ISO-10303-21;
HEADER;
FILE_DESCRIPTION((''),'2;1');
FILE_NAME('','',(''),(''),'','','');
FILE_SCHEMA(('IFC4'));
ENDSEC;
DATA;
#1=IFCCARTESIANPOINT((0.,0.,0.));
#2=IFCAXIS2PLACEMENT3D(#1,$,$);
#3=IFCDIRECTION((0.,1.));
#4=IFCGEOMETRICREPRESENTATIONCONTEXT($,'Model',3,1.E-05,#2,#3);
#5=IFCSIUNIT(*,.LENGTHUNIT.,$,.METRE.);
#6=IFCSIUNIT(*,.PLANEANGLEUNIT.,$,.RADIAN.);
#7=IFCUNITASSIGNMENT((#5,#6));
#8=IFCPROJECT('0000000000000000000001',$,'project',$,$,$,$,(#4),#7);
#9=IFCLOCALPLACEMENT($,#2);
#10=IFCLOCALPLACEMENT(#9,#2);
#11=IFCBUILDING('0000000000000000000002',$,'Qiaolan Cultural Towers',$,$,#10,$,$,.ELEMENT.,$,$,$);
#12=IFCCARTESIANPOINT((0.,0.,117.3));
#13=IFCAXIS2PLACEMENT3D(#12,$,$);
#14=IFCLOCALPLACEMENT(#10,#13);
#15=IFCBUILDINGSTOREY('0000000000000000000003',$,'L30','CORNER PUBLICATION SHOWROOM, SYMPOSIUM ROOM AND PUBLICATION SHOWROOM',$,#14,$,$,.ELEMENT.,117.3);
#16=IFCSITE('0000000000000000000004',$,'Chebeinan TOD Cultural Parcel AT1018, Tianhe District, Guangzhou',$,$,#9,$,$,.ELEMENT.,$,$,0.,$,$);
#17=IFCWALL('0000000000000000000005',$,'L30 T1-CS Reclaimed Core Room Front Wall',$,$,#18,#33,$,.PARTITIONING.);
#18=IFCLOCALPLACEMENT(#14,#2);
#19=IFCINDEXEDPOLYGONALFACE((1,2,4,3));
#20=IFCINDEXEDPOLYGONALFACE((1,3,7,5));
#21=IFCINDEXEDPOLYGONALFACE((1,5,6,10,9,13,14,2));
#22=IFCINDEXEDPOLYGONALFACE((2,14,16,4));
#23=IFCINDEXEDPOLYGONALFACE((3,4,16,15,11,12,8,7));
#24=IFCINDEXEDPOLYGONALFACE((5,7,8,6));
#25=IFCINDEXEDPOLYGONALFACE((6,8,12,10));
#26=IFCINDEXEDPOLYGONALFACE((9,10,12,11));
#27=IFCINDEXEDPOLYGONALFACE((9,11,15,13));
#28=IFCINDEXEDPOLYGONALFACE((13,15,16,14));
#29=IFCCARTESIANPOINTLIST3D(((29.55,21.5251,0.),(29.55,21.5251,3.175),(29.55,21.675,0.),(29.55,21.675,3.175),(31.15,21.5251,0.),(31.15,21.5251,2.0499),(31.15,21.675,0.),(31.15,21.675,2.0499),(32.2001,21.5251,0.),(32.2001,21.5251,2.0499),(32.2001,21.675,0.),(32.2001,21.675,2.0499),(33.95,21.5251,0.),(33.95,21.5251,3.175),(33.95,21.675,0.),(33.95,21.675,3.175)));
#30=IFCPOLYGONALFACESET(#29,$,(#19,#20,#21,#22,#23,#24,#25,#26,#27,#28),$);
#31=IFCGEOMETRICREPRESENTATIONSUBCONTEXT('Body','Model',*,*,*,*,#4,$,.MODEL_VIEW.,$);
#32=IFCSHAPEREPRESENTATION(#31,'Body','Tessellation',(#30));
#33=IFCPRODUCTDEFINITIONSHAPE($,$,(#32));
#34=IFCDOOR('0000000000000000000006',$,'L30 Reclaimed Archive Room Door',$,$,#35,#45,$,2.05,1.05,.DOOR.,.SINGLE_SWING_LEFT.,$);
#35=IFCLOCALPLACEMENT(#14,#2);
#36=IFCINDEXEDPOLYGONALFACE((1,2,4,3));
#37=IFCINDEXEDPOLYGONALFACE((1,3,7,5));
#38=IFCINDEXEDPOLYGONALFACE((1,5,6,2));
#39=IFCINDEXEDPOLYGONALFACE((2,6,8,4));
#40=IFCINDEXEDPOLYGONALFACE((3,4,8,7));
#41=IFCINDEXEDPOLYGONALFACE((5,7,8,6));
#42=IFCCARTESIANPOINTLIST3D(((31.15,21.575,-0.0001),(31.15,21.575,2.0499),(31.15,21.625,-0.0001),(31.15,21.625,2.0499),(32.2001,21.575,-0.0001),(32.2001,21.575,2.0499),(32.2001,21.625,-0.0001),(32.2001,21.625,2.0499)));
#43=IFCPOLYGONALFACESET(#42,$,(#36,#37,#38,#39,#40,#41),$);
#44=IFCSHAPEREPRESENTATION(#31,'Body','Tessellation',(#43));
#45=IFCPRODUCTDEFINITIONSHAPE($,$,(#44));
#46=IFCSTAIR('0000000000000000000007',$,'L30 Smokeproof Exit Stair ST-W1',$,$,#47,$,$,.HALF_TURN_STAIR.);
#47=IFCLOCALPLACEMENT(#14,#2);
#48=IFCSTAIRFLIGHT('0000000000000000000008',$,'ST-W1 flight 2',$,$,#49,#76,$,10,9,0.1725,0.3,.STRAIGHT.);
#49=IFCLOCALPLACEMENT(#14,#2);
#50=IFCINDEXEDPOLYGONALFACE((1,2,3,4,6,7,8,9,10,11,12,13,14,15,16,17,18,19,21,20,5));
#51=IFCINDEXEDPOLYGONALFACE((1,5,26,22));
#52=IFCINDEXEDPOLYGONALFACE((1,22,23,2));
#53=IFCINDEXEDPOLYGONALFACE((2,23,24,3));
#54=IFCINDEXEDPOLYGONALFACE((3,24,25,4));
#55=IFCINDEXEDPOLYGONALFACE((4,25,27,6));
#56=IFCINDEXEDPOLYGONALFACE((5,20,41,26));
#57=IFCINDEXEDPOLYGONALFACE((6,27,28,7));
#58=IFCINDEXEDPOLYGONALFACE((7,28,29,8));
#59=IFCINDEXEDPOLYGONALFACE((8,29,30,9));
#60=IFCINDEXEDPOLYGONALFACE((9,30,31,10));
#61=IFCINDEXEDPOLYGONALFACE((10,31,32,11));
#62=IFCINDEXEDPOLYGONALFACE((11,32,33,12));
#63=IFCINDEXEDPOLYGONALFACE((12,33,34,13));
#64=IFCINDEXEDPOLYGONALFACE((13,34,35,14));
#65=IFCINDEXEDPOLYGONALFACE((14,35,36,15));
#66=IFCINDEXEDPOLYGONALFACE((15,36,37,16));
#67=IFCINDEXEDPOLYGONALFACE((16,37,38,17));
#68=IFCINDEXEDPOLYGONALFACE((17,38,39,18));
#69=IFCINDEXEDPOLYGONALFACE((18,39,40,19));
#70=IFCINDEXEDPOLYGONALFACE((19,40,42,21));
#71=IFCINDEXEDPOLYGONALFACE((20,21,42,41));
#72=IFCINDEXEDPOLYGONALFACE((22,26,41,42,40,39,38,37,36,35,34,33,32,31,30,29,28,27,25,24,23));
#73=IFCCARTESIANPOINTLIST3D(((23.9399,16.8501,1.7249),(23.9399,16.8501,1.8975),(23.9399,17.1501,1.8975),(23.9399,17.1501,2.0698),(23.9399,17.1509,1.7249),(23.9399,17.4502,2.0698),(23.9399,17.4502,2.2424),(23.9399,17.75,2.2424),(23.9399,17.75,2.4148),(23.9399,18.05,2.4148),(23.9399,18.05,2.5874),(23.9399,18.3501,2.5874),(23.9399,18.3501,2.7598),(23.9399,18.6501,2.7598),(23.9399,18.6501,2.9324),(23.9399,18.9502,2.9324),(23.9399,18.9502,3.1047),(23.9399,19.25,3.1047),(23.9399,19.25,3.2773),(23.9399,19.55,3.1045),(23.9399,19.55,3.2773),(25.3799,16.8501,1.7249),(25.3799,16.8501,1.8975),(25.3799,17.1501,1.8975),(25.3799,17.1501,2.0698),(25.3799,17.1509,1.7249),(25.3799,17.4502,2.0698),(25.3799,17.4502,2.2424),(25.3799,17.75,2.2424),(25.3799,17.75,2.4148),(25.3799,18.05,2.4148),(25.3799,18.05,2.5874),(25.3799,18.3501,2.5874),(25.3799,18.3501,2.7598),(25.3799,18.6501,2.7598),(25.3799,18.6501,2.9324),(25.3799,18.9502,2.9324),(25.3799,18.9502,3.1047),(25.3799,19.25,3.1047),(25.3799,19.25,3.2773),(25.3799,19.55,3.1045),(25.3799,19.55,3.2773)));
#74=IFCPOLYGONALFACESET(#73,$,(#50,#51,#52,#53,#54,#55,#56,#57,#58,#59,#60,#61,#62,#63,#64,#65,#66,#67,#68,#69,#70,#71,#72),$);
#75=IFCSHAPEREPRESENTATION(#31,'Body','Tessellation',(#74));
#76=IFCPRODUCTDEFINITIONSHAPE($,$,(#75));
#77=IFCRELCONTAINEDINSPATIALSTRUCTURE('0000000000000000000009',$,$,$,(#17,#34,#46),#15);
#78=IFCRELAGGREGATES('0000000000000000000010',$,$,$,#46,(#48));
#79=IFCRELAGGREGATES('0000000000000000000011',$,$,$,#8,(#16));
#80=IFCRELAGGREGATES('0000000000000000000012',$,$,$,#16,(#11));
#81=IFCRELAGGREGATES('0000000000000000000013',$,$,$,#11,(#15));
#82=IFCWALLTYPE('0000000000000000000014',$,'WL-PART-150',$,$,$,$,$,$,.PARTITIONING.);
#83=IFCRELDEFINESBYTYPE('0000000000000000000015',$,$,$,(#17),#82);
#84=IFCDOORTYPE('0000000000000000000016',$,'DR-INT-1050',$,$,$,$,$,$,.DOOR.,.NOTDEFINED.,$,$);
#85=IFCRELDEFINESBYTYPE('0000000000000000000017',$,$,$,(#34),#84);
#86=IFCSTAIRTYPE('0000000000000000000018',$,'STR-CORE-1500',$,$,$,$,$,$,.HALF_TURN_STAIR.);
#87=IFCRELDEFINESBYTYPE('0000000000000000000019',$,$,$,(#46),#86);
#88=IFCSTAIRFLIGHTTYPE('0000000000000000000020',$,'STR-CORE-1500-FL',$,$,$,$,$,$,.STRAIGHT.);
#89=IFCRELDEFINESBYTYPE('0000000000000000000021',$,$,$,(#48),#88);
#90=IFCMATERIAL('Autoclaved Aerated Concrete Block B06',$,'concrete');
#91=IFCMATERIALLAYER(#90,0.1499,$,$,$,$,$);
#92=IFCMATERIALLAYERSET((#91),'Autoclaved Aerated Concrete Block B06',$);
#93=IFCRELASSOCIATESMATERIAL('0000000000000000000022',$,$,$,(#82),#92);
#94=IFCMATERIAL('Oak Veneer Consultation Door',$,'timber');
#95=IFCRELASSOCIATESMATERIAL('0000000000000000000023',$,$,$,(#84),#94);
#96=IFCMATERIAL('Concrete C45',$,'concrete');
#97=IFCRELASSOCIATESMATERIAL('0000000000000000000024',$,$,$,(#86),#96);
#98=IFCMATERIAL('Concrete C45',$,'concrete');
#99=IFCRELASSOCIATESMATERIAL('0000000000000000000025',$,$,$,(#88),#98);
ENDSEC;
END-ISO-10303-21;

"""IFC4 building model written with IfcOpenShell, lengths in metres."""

from ifc_helpers import new_model, si_unit, direction, frame, frame_2d, origin, place, context, subcontext, project, spatial, polyline, rectangle, outline, extrude, material, layer, layer_set, type_object, element, fill, aggregate, save


model = new_model("IFC4")

# Units and contexts
model_context = context("Model", 3, precision=1e-05, world=origin(), true_north=direction((0.0, 1.0)))
body_context = subcontext(model_context, "Body", "Model", "MODEL_VIEW")
ifc_project = project(units=[si_unit("LENGTHUNIT", "METRE"), si_unit("PLANEANGLEUNIT", "RADIAN")], contexts=[model_context])

# Site, building, storey
site_placement = place(None, origin())
site = spatial("IfcSite", under=ifc_project, at=site_placement, Name="Chebeinan TOD Cultural Parcel AT1018, Tianhe District, Guangzhou", CompositionType="ELEMENT", RefElevation=0.0)
building_placement = place(site_placement, origin())
building = spatial("IfcBuilding", under=site, at=building_placement, Name="Qiaolan Cultural Towers", CompositionType="ELEMENT")
storey_placement = place(building_placement, frame((0.0, 0.0, 117.3)))
storey = spatial("IfcBuildingStorey", under=building, at=storey_placement, Name="L30", Description="CORNER PUBLICATION SHOWROOM, SYMPOSIUM ROOM AND PUBLICATION SHOWROOM", CompositionType="ELEMENT", Elevation=117.3)

# Wall, opening, door
ifc_material_1 = material(Name="Autoclaved Aerated Concrete Block B06", Category="concrete")
ifc_layer_1 = layer(ifc_material_1, 0.1499)
ifc_layer_set_1 = layer_set([ifc_layer_1], Name="Autoclaved Aerated Concrete Block B06")
wall_type_1 = type_object("IfcWallType", Name="WL-PART-150", PredefinedType="PARTITIONING", material=ifc_layer_set_1)
wall_1_placement = place(storey_placement, frame((29.55, 21.6001, 0.0), z_axis=(0.0, 0.0, 1.0), x_axis=(1.0, 0.0, 0.0)))
wall_1 = element("IfcWall", 1, at=wall_1_placement, inside=storey, type_object=wall_type_1, Name="L30 T1-CS Reclaimed Core Room Front Wall", PredefinedType="PARTITIONING", context=body_context, shape_type="SweptSolid", body=[
    extrude(rectangle(XDim=4.3999, YDim=0.1499, at=frame_2d((2.2, 0.0))), origin(), (0.0, 0.0, 1.0), 3.175),
])
opening_1_placement = place(wall_1_placement, frame((1.6001, 0.0, 0.0)))
opening_1 = element("IfcOpeningElement", 2, at=opening_1_placement, cuts=wall_1, PredefinedType="OPENING", context=body_context, shape_type="SweptSolid", body=[
    extrude(rectangle(XDim=1.05, YDim=2.05, at=frame_2d((0.5249, 1.0249))), frame((0.0, 0.085, 0.0), z_axis=(0.0, -1.0, 0.0), x_axis=(1.0, 0.0, 0.0)), (0.0, 0.0, 1.0), 0.1699),
])
ifc_material_2 = material(Name="Oak Veneer Consultation Door", Category="timber")
door_type_1 = type_object("IfcDoorType", Name="DR-INT-1050", OperationType="NOTDEFINED", PredefinedType="DOOR", material=ifc_material_2)
door_1_placement = place(opening_1_placement, origin())
door_1 = element("IfcDoor", 3, at=door_1_placement, inside=storey, type_object=door_type_1, Name="L30 Reclaimed Archive Room Door", OperationType="SINGLE_SWING_LEFT", OverallHeight=2.05, OverallWidth=1.05, PredefinedType="DOOR", context=body_context, shape_type="SweptSolid", body=[
    extrude(rectangle(XDim=1.05, YDim=2.05, at=frame_2d((0.5249, 1.0249))), frame((0.0, 0.0249, 0.0), z_axis=(0.0, -1.0, 0.0), x_axis=(1.0, 0.0, 0.0)), (0.0, 0.0, 1.0), 0.05),
])
fill(opening_1, door_1)

# Stair, stair flight
ifc_material_3 = material(Name="Concrete C45", Category="concrete")
stair_type = type_object("IfcStairType", Name="STR-CORE-1500", PredefinedType="HALF_TURN_STAIR", material=ifc_material_3)
stair_placement = place(storey_placement, origin())
stair = element("IfcStair", 4, at=stair_placement, inside=storey, type_object=stair_type, Name="L30 Smokeproof Exit Stair ST-W1", PredefinedType="HALF_TURN_STAIR")
ifc_material_4 = material(Name="Concrete C45", Category="concrete")
stair_flight_type = type_object("IfcStairFlightType", Name="STR-CORE-1500-FL", PredefinedType="STRAIGHT", material=ifc_material_4)
stair_flight_placement = place(storey_placement, frame((24.6599, 16.8501, 1.7249), z_axis=(0.0, 0.0, 1.0), x_axis=(0.0, 1.0, 0.0)))
stair_flight = element("IfcStairFlight", 5, at=stair_flight_placement, type_object=stair_flight_type, Name="ST-W1 flight 2", NumberOfRisers=10, NumberOfTreads=9, PredefinedType="STRAIGHT", RiserHeight=0.1725, TreadLength=0.3, context=body_context, shape_type="SweptSolid", body=[
    extrude(outline(polyline([(0.0, 0.0), (0.0, 0.1726), (0.3, 0.1726), (0.3, 0.345), (0.6001, 0.345), (0.6001, 0.5176), (0.8999, 0.5176), (0.8999, 0.6899), (1.2, 0.6899), (1.2, 0.8625), (1.5, 0.8625), (1.5, 1.0349), (1.8, 1.0349), (1.8, 1.2075), (2.1001, 1.2075), (2.1001, 1.3799), (2.3999, 1.3799), (2.3999, 1.5525), (2.7, 1.5525), (2.7, 1.7251), (2.7, 1.3796), (0.3008, 0.0), (0.0, 0.0)])), frame((0.0, 0.72, 0.0), z_axis=(0.0, -1.0, 0.0), x_axis=(1.0, 0.0, 0.0)), (0.0, 0.0, 1.0), 1.4399),
])
aggregate(stair, [stair_flight])

save(model, "model.ifc")
